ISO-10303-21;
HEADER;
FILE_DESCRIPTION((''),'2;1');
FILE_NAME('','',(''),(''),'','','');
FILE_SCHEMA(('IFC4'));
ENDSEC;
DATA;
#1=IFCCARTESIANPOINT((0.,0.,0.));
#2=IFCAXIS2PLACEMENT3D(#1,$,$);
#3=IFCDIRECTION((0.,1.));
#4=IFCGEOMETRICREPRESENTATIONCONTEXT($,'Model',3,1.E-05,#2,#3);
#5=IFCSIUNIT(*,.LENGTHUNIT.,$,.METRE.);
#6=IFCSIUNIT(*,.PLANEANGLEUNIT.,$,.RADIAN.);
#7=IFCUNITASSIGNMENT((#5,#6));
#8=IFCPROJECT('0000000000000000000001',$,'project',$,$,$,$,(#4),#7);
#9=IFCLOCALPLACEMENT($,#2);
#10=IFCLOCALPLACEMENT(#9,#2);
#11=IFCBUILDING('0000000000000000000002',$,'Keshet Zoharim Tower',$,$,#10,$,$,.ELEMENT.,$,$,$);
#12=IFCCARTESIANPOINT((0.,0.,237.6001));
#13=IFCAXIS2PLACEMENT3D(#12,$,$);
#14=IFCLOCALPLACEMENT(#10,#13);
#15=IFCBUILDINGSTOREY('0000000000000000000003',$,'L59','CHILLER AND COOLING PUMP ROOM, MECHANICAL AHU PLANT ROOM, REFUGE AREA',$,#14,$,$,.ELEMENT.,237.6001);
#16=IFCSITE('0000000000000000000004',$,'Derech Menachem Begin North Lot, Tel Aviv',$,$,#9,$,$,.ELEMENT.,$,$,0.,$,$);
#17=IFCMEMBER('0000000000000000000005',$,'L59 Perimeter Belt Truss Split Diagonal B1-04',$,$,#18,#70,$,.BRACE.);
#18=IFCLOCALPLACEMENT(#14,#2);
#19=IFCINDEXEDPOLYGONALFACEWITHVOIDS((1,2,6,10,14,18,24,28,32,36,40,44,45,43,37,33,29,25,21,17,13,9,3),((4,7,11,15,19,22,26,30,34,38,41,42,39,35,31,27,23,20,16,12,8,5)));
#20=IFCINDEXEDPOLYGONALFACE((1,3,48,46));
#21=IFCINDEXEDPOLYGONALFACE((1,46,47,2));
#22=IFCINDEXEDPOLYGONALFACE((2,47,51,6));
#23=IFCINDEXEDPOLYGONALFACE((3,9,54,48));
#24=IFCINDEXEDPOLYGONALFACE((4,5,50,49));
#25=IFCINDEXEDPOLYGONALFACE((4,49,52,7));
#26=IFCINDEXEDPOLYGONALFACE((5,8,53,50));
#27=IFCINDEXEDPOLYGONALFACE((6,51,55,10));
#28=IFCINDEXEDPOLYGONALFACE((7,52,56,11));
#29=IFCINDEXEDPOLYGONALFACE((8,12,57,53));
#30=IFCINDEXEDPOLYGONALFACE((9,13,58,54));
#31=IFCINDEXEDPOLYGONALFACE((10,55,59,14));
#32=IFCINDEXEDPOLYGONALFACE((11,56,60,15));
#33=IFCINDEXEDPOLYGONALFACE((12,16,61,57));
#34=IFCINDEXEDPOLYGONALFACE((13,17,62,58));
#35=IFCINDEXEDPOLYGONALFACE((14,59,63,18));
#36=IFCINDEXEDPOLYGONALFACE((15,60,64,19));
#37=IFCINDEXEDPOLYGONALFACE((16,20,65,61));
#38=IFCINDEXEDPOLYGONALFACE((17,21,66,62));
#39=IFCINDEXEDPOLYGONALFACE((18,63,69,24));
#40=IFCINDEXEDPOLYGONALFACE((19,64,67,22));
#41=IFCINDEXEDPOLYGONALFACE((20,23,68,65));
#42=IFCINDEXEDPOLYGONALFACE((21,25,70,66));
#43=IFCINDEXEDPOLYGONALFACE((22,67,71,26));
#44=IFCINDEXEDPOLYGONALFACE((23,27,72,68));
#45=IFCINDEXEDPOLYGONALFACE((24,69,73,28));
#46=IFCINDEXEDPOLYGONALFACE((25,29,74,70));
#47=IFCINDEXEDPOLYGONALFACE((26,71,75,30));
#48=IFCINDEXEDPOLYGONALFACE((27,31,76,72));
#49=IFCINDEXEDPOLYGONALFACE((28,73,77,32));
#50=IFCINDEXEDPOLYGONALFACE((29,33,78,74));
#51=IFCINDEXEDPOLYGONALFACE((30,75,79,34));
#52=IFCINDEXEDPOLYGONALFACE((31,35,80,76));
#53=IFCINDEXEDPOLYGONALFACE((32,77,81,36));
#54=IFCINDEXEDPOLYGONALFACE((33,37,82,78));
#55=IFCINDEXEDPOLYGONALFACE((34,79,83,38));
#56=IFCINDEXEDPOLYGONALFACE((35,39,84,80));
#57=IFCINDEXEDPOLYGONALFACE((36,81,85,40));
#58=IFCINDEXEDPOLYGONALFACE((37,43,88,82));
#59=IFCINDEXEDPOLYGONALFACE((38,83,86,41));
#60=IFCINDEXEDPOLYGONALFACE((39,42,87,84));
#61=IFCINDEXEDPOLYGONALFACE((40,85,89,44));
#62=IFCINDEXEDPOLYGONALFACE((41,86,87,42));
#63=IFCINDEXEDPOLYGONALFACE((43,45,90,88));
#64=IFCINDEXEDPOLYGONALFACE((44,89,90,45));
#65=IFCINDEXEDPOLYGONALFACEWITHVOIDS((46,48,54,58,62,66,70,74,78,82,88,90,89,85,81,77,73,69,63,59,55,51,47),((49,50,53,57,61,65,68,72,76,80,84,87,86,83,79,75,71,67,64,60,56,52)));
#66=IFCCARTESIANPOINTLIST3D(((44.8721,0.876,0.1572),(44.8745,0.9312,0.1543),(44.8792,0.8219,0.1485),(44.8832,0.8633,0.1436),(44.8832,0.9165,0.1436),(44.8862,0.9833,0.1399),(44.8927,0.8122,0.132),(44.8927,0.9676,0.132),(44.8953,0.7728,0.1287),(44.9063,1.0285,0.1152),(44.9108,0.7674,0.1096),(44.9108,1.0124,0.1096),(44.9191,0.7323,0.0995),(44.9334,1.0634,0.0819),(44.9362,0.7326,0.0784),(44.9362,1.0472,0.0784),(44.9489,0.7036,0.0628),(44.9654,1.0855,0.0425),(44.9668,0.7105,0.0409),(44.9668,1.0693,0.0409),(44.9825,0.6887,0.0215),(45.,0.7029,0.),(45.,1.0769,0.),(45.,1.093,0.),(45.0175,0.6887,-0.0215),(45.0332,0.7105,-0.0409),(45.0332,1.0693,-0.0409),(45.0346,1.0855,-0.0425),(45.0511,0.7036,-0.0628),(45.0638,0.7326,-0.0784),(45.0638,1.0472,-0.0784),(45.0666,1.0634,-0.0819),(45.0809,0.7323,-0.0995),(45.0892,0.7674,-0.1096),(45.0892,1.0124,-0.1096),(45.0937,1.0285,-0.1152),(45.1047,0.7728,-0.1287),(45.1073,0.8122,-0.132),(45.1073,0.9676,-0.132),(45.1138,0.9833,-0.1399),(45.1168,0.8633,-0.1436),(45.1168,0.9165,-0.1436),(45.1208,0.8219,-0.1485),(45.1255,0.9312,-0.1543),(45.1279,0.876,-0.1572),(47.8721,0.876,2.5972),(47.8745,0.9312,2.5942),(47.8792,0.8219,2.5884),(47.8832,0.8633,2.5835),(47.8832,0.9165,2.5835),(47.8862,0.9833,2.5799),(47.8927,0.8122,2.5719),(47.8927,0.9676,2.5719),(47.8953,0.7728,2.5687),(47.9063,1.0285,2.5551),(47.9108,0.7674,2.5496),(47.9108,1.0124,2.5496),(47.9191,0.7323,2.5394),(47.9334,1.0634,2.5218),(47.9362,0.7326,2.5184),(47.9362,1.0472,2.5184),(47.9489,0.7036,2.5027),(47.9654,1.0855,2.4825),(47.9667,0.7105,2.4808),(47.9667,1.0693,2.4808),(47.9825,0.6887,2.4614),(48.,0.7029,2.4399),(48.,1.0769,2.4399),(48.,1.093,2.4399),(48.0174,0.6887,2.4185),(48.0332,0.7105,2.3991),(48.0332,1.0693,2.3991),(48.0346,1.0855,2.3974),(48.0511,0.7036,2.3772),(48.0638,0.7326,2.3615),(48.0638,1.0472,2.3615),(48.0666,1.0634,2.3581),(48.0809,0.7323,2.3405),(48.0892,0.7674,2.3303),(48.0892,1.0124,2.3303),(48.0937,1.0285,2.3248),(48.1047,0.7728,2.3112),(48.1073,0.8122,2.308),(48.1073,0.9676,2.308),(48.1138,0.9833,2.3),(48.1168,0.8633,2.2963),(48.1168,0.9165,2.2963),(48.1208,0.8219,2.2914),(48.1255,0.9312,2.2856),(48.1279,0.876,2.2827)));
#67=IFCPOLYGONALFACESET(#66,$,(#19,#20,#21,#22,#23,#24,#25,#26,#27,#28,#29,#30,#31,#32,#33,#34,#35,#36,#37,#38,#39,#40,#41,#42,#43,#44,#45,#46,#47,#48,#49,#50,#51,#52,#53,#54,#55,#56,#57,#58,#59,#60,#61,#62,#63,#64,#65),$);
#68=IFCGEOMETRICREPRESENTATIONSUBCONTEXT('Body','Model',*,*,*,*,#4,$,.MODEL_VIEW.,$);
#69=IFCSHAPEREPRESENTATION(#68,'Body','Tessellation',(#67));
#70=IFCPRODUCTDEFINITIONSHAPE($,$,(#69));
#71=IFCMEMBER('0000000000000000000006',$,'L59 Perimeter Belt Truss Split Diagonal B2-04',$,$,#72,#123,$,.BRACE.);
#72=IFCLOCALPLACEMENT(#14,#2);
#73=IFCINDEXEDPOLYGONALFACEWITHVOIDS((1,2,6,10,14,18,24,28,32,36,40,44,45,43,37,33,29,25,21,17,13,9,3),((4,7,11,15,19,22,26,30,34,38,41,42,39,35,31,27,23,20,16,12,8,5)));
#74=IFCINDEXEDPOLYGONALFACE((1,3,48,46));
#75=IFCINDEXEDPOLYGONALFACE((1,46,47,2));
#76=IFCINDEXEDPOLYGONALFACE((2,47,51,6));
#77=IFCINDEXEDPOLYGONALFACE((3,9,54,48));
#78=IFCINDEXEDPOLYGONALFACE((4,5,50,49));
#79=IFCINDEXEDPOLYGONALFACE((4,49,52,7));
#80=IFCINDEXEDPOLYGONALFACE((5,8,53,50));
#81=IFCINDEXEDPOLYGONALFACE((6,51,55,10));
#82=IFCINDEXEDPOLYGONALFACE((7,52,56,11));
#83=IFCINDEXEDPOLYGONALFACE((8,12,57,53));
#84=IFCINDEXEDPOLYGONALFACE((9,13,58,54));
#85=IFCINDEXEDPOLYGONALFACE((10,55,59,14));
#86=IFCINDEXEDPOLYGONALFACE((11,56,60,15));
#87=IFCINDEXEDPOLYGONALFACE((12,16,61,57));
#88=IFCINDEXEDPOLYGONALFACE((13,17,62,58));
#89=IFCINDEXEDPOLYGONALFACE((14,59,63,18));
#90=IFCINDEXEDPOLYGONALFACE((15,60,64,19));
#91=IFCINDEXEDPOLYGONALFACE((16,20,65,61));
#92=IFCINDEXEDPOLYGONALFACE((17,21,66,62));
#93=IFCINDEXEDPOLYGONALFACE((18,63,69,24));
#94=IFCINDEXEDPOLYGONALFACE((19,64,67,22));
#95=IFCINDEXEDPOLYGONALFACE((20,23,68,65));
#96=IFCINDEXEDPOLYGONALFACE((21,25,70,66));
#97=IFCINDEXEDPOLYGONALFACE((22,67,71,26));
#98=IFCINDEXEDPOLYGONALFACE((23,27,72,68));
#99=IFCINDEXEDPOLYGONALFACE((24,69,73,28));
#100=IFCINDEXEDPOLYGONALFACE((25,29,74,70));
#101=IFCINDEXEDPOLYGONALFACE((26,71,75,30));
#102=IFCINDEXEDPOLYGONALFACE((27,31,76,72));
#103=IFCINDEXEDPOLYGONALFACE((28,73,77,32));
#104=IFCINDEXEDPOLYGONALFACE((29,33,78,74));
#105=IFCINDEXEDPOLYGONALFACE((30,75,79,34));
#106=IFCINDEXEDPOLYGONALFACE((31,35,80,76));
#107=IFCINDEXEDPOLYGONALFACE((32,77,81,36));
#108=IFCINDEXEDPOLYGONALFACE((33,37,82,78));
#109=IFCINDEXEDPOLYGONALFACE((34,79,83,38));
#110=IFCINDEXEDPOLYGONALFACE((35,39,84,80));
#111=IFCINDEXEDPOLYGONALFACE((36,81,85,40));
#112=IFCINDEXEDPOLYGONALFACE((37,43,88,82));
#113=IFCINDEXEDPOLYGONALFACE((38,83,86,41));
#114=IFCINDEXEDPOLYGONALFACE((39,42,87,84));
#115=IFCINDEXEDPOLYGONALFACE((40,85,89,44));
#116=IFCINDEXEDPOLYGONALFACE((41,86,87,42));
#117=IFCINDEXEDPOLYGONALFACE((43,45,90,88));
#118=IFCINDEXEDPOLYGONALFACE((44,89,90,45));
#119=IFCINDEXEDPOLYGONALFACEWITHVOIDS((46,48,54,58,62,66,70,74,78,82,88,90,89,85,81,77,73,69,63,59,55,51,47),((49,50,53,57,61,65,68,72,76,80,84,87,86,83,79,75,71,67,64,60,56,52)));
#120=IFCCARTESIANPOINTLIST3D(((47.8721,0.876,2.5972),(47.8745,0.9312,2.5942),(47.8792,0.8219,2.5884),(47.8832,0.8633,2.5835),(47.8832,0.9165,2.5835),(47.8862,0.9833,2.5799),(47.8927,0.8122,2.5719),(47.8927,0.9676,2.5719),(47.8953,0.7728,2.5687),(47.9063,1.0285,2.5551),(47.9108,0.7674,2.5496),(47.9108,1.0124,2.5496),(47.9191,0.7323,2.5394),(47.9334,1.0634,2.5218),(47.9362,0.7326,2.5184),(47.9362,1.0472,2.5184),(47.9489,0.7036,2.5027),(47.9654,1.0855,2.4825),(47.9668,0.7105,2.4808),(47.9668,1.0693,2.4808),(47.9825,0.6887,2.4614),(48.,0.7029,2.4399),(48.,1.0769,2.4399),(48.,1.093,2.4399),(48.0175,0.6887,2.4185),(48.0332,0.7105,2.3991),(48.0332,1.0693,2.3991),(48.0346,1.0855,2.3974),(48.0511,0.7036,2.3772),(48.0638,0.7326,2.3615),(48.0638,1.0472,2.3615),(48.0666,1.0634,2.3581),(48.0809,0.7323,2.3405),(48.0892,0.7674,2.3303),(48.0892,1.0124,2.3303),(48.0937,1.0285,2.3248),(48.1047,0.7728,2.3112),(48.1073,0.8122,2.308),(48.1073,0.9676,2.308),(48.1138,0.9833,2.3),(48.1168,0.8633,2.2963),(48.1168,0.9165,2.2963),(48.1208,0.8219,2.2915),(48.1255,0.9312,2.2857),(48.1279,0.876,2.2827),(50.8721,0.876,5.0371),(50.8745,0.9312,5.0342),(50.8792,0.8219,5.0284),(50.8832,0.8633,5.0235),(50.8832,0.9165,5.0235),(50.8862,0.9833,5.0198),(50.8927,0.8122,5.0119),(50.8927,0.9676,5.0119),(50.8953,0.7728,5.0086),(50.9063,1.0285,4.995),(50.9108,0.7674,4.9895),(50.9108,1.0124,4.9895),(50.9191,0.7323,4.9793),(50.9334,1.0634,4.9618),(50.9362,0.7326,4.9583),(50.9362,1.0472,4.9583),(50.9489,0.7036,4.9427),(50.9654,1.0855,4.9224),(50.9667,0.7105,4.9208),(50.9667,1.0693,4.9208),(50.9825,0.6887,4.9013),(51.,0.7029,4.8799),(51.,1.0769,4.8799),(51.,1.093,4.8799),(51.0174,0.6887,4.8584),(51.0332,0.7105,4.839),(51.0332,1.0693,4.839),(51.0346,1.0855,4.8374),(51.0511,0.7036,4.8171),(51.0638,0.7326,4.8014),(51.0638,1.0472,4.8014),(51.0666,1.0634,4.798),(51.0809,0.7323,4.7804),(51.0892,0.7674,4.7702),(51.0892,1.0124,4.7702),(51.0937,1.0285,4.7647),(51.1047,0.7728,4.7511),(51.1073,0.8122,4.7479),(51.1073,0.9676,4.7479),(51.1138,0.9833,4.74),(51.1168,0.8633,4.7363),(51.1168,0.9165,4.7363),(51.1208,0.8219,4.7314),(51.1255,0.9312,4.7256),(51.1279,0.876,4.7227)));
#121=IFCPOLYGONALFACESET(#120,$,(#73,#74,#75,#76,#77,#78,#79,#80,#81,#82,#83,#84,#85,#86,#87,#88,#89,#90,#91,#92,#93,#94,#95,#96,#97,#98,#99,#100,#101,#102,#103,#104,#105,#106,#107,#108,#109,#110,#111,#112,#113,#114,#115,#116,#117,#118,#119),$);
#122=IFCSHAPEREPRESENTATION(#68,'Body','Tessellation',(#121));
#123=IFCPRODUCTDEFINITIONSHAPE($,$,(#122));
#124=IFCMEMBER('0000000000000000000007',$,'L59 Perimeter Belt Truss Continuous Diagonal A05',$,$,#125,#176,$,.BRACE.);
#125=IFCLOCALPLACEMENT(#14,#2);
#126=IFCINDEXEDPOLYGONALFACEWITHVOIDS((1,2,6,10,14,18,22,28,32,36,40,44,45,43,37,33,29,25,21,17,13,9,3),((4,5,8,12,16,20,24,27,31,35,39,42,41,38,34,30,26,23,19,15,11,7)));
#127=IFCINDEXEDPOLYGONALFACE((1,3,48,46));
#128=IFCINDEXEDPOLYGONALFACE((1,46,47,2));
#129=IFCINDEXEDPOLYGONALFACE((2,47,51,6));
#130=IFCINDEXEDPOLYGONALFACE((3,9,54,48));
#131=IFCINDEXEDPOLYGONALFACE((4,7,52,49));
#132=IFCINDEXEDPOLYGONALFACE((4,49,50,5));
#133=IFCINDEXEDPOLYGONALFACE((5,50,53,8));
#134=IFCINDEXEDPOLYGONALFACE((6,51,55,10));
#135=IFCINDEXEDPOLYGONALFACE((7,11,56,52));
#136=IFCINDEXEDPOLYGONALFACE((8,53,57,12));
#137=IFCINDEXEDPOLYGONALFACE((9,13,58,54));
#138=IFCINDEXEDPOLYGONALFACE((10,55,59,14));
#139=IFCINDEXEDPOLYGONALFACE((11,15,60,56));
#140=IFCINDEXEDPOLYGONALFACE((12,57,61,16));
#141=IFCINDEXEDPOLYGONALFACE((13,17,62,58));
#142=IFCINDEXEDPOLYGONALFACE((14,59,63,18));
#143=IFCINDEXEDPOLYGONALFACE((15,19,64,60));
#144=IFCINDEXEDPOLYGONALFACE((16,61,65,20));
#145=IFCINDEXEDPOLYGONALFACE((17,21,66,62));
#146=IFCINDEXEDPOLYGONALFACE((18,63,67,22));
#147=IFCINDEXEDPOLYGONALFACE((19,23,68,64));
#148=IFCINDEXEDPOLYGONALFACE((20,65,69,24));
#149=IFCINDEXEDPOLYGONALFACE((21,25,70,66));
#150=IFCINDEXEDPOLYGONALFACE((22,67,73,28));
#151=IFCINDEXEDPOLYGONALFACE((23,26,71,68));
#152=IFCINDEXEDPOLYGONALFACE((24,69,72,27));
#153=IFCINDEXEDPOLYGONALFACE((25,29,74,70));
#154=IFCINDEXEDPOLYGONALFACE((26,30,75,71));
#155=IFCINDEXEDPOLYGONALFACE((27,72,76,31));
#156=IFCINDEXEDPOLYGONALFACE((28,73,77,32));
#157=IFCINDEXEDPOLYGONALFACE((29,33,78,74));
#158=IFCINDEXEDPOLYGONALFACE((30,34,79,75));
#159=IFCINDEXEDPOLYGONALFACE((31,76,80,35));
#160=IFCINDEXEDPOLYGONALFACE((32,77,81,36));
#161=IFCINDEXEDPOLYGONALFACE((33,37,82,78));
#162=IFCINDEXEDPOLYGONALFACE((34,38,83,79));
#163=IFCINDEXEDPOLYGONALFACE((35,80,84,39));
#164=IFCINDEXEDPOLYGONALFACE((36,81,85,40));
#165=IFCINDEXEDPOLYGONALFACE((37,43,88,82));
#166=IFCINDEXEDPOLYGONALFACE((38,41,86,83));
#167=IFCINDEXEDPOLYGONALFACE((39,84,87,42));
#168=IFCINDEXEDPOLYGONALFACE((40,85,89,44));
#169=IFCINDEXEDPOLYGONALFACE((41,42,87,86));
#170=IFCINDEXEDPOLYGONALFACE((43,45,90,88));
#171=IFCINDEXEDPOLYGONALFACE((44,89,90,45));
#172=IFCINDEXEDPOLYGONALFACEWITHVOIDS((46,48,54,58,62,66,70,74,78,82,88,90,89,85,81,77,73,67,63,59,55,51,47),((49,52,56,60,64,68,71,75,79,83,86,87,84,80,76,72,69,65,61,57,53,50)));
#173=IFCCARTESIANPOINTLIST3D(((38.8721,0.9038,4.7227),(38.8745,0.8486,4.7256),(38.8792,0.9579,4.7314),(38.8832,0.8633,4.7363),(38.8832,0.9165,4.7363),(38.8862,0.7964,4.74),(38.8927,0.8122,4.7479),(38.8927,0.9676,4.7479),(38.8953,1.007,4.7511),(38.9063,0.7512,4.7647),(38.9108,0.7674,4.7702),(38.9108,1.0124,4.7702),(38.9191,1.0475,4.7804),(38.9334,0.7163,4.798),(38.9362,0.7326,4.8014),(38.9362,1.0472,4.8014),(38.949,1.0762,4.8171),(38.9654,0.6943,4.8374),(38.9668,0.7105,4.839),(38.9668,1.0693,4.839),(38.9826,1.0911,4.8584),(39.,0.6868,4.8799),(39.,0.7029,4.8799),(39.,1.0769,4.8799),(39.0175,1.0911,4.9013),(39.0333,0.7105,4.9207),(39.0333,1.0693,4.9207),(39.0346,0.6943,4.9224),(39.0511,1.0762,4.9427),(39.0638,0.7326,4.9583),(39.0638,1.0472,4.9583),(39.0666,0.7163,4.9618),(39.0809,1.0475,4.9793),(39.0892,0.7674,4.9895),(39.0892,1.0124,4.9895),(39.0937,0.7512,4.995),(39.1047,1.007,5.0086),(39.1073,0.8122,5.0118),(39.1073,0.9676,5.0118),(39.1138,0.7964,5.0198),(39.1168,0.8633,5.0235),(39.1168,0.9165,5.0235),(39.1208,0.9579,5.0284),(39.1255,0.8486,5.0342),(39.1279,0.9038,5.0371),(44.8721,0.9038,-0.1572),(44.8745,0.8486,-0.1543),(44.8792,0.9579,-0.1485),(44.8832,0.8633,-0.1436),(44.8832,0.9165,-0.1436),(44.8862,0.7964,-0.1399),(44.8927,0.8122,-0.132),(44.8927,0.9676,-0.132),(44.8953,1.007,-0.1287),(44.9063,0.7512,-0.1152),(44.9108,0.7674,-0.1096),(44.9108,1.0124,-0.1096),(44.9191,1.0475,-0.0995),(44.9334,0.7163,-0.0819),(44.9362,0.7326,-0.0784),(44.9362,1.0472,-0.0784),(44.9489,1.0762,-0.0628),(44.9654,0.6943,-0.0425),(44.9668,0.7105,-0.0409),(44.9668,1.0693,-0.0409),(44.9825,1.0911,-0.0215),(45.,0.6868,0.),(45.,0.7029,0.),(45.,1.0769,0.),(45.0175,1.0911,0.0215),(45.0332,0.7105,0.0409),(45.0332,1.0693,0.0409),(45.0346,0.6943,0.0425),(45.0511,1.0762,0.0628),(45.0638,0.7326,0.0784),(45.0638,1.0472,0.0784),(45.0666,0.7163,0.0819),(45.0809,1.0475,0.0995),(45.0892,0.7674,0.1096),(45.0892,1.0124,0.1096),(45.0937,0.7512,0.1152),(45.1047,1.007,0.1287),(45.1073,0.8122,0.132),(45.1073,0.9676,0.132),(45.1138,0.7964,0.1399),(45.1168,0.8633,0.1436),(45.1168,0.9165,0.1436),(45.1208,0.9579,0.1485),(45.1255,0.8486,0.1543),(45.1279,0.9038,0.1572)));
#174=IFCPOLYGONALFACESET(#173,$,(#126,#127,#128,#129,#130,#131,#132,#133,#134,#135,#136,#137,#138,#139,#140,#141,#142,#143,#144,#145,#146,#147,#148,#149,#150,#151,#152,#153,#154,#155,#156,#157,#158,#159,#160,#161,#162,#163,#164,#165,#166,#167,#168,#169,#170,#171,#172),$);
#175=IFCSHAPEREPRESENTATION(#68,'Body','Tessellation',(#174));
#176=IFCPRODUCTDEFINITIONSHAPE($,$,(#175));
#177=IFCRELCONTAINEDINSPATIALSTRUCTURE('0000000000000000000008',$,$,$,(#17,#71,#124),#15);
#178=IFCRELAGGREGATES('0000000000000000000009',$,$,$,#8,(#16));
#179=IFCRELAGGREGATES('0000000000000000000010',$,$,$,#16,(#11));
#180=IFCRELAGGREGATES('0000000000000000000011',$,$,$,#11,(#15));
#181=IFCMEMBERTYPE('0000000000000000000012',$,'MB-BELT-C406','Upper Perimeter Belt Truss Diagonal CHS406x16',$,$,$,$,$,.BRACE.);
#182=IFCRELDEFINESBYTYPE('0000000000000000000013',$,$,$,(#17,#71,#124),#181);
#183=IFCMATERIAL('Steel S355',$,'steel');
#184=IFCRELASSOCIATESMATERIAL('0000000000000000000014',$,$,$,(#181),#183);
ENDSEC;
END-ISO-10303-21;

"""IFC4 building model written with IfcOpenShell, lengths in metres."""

from ifc_helpers import new_model, si_unit, direction, frame, origin, origin_2d, place, context, subcontext, project, spatial, hollow_circle, extrude, material, material_profile, profile_set, type_object, element, save


model = new_model("IFC4")

# Units and contexts
model_context = context("Model", 3, precision=1e-05, world=origin(), true_north=direction((0.0, 1.0)))
body_context = subcontext(model_context, "Body", "Model", "MODEL_VIEW")
ifc_project = project(units=[si_unit("LENGTHUNIT", "METRE"), si_unit("PLANEANGLEUNIT", "RADIAN")], contexts=[model_context])

# Site, building, storey
site_placement = place(None, origin())
site = spatial("IfcSite", under=ifc_project, at=site_placement, Name="Derech Menachem Begin North Lot, Tel Aviv", CompositionType="ELEMENT", RefElevation=0.0)
building_placement = place(site_placement, origin())
building = spatial("IfcBuilding", under=site, at=building_placement, Name="Keshet Zoharim Tower", CompositionType="ELEMENT")
storey_placement = place(building_placement, frame((0.0, 0.0, 237.6001)))
storey = spatial("IfcBuildingStorey", under=building, at=storey_placement, Name="L59", Description="CHILLER AND COOLING PUMP ROOM, MECHANICAL AHU PLANT ROOM, REFUGE AREA", CompositionType="ELEMENT", Elevation=237.6001)

# Shared definitions
ifc_material_1 = material(Name="Steel S355", Category="steel")

# Members
ifc_material_profile_1 = material_profile(ifc_material_1, hollow_circle(Radius=0.2031, WallThickness=0.0161, at=origin_2d()), Name="CHS406x16")
ifc_profile_set_1 = profile_set([ifc_material_profile_1], Name="Steel S355")
member_type_1 = type_object("IfcMemberType", Name="MB-BELT-C406", Description="Upper Perimeter Belt Truss Diagonal CHS406x16", PredefinedType="BRACE", material=ifc_profile_set_1)
for number, where, z_axis, x_axis, name in (
    (1, (45.0, 0.8899, 0.0), (0.775805, 0.0, 0.630973), (0.0, 1.0, 0.0), "L59 Perimeter Belt Truss Split Diagonal B1-04"),
    (2, (48.0, 0.8899, 2.4399), (0.775805, 0.0, 0.630973), (0.0, 1.0, 0.0), "L59 Perimeter Belt Truss Split Diagonal B2-04"),
):
    element("IfcMember", number, at=place(storey_placement, frame(where, z_axis=z_axis, x_axis=x_axis)), inside=storey, type_object=member_type_1, Name=name, PredefinedType="BRACE", context=body_context, shape_type="SweptSolid", body=[
        extrude(hollow_circle(Radius=0.2031, WallThickness=0.0161, at=origin_2d()), origin(), (0.0, 0.0, 1.0), 3.8669),
    ])
member_1_placement = place(storey_placement, frame((45.0, 0.8899, 0.0), z_axis=(-0.775805, 0.0, 0.630973), x_axis=(0.0, -1.0, 0.0)))
element("IfcMember", 3, at=member_1_placement, inside=storey, type_object=member_type_1, Name="L59 Perimeter Belt Truss Continuous Diagonal A05", PredefinedType="BRACE", context=body_context, shape_type="SweptSolid", body=[
    extrude(hollow_circle(Radius=0.2031, WallThickness=0.0161, at=origin_2d()), origin(), (0.0, 0.0, 1.0), 7.7339),
])

save(model, "model.ifc")
